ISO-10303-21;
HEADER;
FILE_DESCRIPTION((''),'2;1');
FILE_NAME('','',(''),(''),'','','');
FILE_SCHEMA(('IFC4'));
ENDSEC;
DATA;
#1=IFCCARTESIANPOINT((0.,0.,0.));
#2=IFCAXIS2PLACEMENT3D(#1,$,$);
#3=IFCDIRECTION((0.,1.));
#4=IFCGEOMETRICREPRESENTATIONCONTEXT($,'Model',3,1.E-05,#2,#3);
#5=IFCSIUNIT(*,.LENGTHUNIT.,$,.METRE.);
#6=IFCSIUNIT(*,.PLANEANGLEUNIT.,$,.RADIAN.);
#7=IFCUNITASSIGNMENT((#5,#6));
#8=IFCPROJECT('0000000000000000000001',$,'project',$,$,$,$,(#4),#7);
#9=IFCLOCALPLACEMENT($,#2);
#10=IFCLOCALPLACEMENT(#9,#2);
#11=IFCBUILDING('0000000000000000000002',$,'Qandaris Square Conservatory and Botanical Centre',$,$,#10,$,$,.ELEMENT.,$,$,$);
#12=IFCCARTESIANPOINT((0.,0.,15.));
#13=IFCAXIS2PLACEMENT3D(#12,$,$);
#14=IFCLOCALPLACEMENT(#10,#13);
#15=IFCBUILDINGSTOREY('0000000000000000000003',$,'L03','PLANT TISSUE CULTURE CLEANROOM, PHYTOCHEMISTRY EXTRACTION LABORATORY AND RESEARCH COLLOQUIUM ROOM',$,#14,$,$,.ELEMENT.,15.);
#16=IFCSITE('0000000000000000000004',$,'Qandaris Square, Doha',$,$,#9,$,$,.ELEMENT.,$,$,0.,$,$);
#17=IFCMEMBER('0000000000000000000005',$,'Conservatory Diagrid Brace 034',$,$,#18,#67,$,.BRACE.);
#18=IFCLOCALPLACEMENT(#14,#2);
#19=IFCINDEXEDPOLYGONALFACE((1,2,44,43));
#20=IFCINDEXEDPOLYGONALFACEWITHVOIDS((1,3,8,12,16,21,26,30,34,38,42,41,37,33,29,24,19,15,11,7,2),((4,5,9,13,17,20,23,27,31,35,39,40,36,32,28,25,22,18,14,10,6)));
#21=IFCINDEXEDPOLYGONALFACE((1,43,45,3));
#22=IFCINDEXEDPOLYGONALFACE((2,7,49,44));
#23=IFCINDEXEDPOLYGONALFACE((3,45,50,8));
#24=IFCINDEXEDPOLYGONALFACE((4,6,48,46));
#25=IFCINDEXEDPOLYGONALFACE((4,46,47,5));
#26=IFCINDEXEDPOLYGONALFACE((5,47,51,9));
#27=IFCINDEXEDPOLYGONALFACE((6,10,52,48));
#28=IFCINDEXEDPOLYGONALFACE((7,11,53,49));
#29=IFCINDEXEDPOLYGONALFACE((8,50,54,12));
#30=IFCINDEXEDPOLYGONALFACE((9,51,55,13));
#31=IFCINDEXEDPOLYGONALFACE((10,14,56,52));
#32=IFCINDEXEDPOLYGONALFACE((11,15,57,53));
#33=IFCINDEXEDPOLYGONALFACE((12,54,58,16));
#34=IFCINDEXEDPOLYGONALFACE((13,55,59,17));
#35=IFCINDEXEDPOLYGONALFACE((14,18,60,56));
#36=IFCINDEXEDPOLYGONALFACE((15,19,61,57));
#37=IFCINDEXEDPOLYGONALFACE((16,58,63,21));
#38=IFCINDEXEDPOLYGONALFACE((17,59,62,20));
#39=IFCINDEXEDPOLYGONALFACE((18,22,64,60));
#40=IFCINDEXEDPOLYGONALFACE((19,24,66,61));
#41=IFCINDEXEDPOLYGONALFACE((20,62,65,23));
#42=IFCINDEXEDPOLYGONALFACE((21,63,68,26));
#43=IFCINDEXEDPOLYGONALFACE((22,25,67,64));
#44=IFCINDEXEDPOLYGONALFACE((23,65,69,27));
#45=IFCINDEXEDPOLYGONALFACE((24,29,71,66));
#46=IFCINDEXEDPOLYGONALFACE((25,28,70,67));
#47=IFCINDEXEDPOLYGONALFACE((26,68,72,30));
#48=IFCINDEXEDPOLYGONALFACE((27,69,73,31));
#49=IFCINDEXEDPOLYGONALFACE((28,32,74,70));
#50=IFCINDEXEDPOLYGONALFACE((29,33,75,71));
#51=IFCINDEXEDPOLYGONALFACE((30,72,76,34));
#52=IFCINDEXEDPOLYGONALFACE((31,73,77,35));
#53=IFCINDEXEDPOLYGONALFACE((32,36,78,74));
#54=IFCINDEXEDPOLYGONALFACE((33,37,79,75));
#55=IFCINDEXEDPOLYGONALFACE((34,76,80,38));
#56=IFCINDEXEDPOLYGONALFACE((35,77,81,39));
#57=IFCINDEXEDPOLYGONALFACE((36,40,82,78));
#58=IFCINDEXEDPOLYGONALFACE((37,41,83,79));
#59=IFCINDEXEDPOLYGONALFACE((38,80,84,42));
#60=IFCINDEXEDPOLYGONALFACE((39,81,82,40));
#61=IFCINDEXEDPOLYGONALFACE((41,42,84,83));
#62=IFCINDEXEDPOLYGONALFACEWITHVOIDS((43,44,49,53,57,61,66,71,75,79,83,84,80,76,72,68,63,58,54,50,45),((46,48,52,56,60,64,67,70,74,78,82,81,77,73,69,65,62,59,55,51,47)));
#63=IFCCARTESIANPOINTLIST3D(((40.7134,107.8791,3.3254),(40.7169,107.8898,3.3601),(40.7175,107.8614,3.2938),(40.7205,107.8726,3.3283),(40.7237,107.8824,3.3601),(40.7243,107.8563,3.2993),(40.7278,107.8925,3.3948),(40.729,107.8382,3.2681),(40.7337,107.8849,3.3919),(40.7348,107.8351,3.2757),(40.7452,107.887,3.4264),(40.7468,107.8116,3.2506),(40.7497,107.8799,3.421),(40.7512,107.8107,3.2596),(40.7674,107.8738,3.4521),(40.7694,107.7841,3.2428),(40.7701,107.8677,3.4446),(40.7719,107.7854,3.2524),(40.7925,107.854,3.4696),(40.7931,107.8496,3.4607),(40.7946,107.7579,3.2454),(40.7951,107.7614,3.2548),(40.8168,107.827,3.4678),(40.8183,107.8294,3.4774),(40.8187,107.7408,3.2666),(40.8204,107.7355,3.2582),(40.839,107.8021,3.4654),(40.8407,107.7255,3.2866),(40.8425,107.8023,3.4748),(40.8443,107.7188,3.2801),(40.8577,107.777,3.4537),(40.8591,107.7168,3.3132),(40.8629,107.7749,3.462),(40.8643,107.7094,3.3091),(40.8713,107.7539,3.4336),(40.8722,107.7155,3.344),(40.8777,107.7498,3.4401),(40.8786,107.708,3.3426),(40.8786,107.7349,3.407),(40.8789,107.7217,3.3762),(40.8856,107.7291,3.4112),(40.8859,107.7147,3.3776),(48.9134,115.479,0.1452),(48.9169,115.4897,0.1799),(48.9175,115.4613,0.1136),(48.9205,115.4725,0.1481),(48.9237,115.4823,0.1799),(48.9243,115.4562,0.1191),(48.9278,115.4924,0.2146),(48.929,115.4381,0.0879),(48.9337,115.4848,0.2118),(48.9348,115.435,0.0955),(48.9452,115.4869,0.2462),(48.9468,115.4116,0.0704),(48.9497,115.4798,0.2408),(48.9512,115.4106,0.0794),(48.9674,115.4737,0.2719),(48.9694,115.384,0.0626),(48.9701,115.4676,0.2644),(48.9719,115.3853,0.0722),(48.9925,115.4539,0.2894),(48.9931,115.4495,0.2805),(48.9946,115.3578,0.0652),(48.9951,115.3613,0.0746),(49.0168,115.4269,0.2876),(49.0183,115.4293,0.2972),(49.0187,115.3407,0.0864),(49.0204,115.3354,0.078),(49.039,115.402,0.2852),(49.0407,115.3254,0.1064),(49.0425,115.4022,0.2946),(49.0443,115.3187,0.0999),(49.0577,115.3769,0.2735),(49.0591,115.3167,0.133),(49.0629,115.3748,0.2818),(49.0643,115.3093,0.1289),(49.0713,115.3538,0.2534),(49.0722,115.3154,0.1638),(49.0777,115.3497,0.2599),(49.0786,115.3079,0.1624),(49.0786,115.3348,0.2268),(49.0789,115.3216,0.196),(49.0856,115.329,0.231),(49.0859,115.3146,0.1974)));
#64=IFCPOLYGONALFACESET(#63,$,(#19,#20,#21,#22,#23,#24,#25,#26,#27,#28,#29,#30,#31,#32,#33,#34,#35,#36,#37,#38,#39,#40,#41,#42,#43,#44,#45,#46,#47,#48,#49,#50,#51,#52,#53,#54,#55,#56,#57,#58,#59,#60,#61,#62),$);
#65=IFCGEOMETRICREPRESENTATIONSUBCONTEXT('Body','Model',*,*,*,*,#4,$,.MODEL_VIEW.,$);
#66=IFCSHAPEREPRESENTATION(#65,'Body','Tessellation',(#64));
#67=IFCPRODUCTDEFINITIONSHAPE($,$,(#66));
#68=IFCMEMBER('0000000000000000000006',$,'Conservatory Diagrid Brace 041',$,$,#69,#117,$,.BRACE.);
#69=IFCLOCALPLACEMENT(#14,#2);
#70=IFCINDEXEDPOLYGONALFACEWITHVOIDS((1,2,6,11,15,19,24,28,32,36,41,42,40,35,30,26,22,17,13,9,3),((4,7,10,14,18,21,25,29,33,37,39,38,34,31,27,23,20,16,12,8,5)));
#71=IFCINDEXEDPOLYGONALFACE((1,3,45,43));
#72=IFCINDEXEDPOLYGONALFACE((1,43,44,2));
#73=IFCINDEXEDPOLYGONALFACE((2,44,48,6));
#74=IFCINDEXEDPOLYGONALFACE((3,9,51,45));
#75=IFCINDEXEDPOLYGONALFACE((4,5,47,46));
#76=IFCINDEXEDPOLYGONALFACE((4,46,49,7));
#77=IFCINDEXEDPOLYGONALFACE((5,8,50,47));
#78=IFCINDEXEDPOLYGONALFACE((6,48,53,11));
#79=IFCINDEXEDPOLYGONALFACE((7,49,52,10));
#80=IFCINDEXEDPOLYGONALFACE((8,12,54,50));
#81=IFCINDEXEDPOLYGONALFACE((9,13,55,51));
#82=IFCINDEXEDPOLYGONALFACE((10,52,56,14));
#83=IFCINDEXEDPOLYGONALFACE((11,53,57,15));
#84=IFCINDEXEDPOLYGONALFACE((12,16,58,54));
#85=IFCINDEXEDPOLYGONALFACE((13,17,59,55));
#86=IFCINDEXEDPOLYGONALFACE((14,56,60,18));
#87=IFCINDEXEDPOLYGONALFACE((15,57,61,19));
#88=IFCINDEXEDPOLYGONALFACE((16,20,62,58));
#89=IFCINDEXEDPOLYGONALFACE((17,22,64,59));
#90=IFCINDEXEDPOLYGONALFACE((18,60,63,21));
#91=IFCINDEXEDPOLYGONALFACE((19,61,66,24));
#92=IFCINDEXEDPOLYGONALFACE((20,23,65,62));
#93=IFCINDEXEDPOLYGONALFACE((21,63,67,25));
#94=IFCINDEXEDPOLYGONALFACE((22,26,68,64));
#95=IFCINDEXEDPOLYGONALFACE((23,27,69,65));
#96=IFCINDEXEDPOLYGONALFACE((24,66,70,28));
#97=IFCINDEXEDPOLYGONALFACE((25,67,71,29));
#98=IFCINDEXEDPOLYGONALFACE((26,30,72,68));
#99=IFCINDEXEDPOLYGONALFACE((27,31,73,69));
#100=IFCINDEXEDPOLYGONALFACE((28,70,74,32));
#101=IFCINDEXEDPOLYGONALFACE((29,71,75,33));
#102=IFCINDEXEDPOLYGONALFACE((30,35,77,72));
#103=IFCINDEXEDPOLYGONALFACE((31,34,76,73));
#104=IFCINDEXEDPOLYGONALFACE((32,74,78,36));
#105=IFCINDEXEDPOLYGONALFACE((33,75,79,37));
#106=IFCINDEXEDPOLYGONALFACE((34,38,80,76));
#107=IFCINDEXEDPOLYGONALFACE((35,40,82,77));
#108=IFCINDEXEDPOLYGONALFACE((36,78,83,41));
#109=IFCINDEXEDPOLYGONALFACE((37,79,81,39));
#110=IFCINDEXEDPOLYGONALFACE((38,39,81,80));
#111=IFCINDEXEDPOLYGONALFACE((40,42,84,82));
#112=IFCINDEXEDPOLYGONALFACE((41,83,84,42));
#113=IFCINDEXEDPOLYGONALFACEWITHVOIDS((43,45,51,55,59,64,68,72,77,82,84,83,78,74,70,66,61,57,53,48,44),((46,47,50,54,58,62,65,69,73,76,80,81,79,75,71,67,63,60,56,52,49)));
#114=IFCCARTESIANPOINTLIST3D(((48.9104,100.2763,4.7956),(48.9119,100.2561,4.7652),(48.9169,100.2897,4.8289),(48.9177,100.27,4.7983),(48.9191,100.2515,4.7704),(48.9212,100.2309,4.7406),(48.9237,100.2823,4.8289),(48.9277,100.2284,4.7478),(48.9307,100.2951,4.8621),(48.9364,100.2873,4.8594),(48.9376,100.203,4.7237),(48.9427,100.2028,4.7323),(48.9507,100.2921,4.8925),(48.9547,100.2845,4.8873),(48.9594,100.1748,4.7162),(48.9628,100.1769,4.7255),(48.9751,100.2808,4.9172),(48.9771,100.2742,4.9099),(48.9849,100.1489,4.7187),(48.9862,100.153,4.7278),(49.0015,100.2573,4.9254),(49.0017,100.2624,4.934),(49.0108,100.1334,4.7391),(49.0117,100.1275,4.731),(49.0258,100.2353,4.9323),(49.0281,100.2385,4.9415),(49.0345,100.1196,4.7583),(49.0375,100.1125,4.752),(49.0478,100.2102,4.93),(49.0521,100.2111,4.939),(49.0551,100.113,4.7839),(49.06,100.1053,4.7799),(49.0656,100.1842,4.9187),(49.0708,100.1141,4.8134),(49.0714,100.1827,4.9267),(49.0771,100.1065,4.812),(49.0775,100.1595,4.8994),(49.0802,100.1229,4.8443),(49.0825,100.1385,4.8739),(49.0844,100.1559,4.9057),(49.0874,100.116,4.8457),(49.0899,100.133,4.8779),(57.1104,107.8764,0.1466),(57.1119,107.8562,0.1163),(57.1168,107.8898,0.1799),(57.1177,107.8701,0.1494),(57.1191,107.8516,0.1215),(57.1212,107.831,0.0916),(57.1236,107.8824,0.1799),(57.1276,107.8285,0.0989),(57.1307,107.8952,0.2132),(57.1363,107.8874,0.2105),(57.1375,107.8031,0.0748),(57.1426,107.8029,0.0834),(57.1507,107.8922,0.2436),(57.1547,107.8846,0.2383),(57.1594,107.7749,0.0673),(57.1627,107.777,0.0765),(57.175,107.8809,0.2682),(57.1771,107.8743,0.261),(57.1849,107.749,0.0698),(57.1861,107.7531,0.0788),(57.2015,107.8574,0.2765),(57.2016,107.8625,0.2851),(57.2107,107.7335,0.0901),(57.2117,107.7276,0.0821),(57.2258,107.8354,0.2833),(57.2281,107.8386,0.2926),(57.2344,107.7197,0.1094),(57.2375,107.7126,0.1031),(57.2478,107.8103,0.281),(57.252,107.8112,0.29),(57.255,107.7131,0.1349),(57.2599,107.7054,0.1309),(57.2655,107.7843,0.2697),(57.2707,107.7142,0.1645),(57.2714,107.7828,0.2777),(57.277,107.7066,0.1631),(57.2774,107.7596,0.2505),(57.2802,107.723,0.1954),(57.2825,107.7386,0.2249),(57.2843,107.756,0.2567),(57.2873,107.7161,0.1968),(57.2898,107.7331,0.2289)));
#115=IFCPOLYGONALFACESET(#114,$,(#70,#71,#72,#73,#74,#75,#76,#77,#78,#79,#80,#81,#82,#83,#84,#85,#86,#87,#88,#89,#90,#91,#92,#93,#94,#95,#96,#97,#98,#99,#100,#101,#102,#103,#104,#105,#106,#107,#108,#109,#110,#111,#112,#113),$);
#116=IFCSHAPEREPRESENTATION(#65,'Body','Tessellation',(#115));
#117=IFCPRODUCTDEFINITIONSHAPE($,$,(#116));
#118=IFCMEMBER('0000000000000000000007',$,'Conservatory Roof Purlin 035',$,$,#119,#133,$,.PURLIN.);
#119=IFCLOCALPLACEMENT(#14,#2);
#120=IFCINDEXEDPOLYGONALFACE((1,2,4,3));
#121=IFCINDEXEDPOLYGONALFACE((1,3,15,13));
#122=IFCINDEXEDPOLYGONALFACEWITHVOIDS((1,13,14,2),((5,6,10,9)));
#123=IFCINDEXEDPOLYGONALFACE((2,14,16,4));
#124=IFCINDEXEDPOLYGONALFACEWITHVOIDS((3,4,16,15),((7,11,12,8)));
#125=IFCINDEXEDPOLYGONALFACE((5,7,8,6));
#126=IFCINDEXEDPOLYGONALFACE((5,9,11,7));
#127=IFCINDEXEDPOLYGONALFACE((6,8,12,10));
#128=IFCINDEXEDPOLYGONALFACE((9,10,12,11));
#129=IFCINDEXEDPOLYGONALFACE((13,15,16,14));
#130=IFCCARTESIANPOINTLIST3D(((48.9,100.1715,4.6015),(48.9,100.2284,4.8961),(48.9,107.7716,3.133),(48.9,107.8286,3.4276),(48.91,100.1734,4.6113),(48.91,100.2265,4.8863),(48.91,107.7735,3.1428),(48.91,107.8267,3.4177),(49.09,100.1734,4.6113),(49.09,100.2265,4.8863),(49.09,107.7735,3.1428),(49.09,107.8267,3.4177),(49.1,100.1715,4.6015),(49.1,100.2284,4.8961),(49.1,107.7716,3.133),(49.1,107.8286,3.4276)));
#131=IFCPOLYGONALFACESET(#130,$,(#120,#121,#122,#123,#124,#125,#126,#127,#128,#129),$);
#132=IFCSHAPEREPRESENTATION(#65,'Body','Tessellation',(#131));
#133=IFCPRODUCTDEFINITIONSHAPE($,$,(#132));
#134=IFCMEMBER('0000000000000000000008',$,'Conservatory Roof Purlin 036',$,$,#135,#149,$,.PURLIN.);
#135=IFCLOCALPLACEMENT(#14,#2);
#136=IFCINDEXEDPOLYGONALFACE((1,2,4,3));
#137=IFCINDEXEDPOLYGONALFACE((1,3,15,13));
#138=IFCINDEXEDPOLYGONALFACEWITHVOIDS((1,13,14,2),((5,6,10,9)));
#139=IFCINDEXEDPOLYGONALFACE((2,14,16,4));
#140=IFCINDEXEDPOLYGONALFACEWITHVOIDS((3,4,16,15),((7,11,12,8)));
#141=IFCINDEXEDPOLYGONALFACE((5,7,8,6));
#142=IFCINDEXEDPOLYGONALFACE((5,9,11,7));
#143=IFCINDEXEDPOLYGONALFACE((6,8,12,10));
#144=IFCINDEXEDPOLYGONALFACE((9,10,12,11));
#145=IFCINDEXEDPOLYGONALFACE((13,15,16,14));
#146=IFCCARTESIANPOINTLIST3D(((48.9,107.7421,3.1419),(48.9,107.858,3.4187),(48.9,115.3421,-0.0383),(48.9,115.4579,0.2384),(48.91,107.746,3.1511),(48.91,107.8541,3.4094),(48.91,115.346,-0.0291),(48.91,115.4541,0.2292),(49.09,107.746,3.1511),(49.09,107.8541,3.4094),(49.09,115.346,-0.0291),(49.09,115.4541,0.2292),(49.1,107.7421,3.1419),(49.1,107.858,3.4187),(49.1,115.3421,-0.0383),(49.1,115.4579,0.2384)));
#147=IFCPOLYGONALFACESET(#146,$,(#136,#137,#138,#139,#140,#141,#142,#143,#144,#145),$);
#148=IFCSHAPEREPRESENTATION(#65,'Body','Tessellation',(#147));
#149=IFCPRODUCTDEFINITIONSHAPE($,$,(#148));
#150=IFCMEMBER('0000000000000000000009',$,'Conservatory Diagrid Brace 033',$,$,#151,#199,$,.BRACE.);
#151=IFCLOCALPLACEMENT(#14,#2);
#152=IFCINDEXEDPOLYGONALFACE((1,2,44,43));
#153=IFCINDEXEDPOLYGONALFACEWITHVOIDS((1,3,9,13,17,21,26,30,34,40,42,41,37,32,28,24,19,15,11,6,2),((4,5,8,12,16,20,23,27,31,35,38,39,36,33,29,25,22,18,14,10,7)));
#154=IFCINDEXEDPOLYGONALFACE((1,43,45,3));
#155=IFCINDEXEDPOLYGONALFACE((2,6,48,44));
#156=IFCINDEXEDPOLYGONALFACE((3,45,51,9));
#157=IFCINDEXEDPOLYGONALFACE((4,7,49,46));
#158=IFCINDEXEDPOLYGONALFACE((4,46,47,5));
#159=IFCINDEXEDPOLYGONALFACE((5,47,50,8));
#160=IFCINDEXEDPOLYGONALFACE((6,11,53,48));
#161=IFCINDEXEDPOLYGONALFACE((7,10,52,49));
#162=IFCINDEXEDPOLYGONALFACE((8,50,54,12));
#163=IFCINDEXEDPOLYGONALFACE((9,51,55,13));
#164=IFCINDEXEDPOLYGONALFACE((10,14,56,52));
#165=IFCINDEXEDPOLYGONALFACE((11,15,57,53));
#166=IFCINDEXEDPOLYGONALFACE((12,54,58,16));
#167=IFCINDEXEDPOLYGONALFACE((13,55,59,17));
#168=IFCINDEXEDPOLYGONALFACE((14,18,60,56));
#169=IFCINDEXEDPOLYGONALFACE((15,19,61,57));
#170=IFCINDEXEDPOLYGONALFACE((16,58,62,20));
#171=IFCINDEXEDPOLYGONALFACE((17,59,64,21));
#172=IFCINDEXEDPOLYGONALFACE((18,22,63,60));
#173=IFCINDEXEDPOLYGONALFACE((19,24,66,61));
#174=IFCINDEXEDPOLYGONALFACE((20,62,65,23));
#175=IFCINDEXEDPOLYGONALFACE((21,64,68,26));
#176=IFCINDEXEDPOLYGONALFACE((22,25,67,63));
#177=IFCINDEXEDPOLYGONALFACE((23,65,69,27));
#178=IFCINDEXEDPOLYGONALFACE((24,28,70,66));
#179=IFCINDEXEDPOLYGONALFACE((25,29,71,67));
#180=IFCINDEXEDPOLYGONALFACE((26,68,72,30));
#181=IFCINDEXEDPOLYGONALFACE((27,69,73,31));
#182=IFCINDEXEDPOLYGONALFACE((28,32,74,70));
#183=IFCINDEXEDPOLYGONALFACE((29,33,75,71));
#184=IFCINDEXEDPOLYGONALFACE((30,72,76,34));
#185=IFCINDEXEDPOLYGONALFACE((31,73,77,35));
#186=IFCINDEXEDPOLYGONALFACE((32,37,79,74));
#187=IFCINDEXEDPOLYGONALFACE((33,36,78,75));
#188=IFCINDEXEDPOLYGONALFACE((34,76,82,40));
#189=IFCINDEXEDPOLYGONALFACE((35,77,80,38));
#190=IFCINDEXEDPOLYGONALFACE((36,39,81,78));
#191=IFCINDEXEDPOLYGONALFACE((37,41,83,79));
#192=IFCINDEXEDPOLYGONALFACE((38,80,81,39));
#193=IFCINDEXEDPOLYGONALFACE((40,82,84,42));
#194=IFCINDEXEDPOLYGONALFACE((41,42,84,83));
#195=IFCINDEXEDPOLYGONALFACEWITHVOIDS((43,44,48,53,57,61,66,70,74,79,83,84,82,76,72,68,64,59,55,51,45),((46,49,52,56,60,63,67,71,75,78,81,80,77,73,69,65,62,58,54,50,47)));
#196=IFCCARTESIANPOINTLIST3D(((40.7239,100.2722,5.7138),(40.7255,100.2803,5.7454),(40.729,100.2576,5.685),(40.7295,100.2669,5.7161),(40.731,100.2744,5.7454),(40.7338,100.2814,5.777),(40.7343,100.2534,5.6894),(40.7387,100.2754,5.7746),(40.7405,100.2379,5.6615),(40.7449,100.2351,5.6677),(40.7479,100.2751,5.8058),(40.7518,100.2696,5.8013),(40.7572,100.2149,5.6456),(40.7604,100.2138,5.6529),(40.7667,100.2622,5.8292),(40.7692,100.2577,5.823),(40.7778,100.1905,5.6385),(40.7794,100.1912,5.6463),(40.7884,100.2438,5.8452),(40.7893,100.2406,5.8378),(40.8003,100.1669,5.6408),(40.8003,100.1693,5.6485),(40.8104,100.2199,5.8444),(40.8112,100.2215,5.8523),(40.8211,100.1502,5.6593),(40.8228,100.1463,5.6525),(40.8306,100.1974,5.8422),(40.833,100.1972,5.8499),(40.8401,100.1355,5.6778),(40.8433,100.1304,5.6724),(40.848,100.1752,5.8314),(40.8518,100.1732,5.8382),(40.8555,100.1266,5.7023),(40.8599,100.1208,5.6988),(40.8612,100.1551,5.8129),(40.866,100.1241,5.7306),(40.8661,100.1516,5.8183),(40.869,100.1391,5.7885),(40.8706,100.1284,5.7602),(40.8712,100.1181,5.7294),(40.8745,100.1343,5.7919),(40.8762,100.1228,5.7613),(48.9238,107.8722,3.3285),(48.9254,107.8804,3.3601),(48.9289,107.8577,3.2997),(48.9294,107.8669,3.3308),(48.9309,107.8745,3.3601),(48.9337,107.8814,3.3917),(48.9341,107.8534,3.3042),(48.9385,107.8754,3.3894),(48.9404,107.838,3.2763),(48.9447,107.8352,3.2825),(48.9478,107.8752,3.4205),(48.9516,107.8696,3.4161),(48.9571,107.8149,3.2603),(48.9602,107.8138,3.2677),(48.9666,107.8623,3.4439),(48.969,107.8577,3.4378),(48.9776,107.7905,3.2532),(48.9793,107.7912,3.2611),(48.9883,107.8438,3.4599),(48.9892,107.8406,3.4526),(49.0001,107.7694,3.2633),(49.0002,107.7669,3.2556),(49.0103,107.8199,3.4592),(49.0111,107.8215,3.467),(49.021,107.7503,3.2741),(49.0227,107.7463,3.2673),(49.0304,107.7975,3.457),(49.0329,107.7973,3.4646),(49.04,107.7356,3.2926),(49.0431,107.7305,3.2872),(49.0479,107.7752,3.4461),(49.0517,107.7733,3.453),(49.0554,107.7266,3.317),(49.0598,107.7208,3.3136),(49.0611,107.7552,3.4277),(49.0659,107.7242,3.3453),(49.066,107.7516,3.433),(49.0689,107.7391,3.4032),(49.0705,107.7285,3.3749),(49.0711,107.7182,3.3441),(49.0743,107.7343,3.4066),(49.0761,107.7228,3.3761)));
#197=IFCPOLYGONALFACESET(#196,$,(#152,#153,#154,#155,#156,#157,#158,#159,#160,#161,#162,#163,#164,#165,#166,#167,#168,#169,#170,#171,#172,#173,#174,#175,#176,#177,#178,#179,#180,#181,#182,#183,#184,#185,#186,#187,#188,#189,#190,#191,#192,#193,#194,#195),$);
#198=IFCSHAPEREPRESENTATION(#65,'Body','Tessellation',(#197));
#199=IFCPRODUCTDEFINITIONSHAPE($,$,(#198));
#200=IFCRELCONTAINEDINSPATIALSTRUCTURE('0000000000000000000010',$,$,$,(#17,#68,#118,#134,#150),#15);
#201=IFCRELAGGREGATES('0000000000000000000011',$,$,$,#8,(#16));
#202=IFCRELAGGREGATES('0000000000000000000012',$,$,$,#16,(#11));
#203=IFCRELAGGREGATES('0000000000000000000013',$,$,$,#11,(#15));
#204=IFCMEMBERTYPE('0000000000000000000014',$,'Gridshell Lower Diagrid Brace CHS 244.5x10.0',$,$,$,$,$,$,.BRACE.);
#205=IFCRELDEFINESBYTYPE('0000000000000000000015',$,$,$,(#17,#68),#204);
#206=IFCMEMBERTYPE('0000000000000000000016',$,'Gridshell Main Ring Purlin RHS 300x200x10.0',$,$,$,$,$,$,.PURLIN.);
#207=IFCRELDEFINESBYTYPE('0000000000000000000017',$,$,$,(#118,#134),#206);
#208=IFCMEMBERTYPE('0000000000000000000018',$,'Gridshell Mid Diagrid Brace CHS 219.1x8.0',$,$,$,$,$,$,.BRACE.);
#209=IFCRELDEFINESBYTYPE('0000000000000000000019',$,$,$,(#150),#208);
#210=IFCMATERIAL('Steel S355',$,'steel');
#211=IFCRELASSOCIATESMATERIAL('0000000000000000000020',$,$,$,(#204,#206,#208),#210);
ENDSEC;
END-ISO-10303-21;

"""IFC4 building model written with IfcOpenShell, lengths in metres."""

from ifc_helpers import new_model, si_unit, direction, frame, origin, origin_2d, place, context, subcontext, project, spatial, hollow_rectangle, hollow_circle, extrude, material, material_profile, profile_set, type_object, element, save


model = new_model("IFC4")

# Units and contexts
model_context = context("Model", 3, precision=1e-05, world=origin(), true_north=direction((0.0, 1.0)))
body_context = subcontext(model_context, "Body", "Model", "MODEL_VIEW")
ifc_project = project(units=[si_unit("LENGTHUNIT", "METRE"), si_unit("PLANEANGLEUNIT", "RADIAN")], contexts=[model_context])

# Site, building, storey
site_placement = place(None, origin())
site = spatial("IfcSite", under=ifc_project, at=site_placement, Name="Qandaris Square, Doha", CompositionType="ELEMENT", RefElevation=0.0)
building_placement = place(site_placement, origin())
building = spatial("IfcBuilding", under=site, at=building_placement, Name="Qandaris Square Conservatory and Botanical Centre", CompositionType="ELEMENT")
storey_placement = place(building_placement, frame((0.0, 0.0, 15.0)))
storey = spatial("IfcBuildingStorey", under=building, at=storey_placement, Name="L03", Description="PLANT TISSUE CULTURE CLEANROOM, PHYTOCHEMISTRY EXTRACTION LABORATORY AND RESEARCH COLLOQUIUM ROOM", CompositionType="ELEMENT", Elevation=15.0)

# Members
ifc_material_1 = material(Name="Steel S355", Category="steel")
ifc_material_profile_1 = material_profile(ifc_material_1, hollow_circle(Radius=0.1223, WallThickness=0.01, at=origin_2d()), Name="CHS 244.5x10.0")
ifc_profile_set_1 = profile_set([ifc_material_profile_1], Name="Steel S355")
member_type_1 = type_object("IfcMemberType", Name="Gridshell Lower Diagrid Brace CHS 244.5x10.0", PredefinedType="BRACE", material=ifc_profile_set_1)
member_1_placement = place(storey_placement, frame((40.8, 107.8, 3.3601), z_axis=(0.705451, 0.653824, -0.273594), x_axis=(-0.67976, 0.733435, 0.0)))
element("IfcMember", 1, at=member_1_placement, inside=storey, type_object=member_type_1, Name="Conservatory Diagrid Brace 034", PredefinedType="BRACE", context=body_context, shape_type="SweptSolid", body=[
    extrude(hollow_circle(Radius=0.1223, WallThickness=0.01, at=origin_2d()), origin(), (0.0, 0.0, 1.0), 11.6238),
])
member_2_placement = place(storey_placement, frame((49.0, 100.2, 4.8289), z_axis=(0.677212, 0.627672, -0.383942), x_axis=(-0.679772, 0.733424, 0.0)))
element("IfcMember", 2, at=member_2_placement, inside=storey, type_object=member_type_1, Name="Conservatory Diagrid Brace 041", PredefinedType="BRACE", context=body_context, shape_type="SweptSolid", body=[
    extrude(hollow_circle(Radius=0.1223, WallThickness=0.01, at=origin_2d()), origin(), (0.0, 0.0, 1.0), 12.1084),
])
ifc_material_profile_2 = material_profile(ifc_material_1, hollow_rectangle(XDim=0.2, YDim=0.3, WallThickness=0.01, at=origin_2d()), Name="RHS 300x200x10.0")
ifc_profile_set_2 = profile_set([ifc_material_profile_2], Name="Steel S355")
member_type_2 = type_object("IfcMemberType", Name="Gridshell Main Ring Purlin RHS 300x200x10.0", PredefinedType="PURLIN", material=ifc_profile_set_2)
member_3_placement = place(storey_placement, frame((49.0, 100.2, 4.7488), z_axis=(0.0, 0.98184, -0.189713), x_axis=(-1.0, 0.0, 0.0)))
element("IfcMember", 3, at=member_3_placement, inside=storey, type_object=member_type_2, Name="Conservatory Roof Purlin 035", PredefinedType="PURLIN", context=body_context, shape_type="SweptSolid", body=[
    extrude(hollow_rectangle(XDim=0.2, YDim=0.3, WallThickness=0.01, at=origin_2d()), origin(), (0.0, 0.0, 1.0), 7.7407),
])
member_4_placement = place(storey_placement, frame((49.0, 107.8, 3.2803), z_axis=(0.0, 0.922491, -0.386018), x_axis=(-1.0, 0.0, 0.0)))
element("IfcMember", 4, at=member_4_placement, inside=storey, type_object=member_type_2, Name="Conservatory Roof Purlin 036", PredefinedType="PURLIN", context=body_context, shape_type="SweptSolid", body=[
    extrude(hollow_rectangle(XDim=0.2, YDim=0.3, WallThickness=0.01, at=origin_2d()), origin(), (0.0, 0.0, 1.0), 8.2385),
])
ifc_material_profile_3 = material_profile(ifc_material_1, hollow_circle(Radius=0.1096, WallThickness=0.0081, at=origin_2d()), Name="CHS 219.1x8.0")
ifc_profile_set_3 = profile_set([ifc_material_profile_3], Name="Steel S355")
member_type_3 = type_object("IfcMemberType", Name="Gridshell Mid Diagrid Brace CHS 219.1x8.0", PredefinedType="BRACE", material=ifc_profile_set_3)
member_5_placement = place(storey_placement, frame((40.8, 100.2, 5.7454), z_axis=(0.717282, 0.66481, -0.208648), x_axis=(-0.679772, 0.733424, 0.0)))
element("IfcMember", 5, at=member_5_placement, inside=storey, type_object=member_type_3, Name="Conservatory Diagrid Brace 033", PredefinedType="BRACE", context=body_context, shape_type="SweptSolid", body=[
    extrude(hollow_circle(Radius=0.1096, WallThickness=0.0081, at=origin_2d()), origin(), (0.0, 0.0, 1.0), 11.4319),
])

save(model, "model.ifc")
